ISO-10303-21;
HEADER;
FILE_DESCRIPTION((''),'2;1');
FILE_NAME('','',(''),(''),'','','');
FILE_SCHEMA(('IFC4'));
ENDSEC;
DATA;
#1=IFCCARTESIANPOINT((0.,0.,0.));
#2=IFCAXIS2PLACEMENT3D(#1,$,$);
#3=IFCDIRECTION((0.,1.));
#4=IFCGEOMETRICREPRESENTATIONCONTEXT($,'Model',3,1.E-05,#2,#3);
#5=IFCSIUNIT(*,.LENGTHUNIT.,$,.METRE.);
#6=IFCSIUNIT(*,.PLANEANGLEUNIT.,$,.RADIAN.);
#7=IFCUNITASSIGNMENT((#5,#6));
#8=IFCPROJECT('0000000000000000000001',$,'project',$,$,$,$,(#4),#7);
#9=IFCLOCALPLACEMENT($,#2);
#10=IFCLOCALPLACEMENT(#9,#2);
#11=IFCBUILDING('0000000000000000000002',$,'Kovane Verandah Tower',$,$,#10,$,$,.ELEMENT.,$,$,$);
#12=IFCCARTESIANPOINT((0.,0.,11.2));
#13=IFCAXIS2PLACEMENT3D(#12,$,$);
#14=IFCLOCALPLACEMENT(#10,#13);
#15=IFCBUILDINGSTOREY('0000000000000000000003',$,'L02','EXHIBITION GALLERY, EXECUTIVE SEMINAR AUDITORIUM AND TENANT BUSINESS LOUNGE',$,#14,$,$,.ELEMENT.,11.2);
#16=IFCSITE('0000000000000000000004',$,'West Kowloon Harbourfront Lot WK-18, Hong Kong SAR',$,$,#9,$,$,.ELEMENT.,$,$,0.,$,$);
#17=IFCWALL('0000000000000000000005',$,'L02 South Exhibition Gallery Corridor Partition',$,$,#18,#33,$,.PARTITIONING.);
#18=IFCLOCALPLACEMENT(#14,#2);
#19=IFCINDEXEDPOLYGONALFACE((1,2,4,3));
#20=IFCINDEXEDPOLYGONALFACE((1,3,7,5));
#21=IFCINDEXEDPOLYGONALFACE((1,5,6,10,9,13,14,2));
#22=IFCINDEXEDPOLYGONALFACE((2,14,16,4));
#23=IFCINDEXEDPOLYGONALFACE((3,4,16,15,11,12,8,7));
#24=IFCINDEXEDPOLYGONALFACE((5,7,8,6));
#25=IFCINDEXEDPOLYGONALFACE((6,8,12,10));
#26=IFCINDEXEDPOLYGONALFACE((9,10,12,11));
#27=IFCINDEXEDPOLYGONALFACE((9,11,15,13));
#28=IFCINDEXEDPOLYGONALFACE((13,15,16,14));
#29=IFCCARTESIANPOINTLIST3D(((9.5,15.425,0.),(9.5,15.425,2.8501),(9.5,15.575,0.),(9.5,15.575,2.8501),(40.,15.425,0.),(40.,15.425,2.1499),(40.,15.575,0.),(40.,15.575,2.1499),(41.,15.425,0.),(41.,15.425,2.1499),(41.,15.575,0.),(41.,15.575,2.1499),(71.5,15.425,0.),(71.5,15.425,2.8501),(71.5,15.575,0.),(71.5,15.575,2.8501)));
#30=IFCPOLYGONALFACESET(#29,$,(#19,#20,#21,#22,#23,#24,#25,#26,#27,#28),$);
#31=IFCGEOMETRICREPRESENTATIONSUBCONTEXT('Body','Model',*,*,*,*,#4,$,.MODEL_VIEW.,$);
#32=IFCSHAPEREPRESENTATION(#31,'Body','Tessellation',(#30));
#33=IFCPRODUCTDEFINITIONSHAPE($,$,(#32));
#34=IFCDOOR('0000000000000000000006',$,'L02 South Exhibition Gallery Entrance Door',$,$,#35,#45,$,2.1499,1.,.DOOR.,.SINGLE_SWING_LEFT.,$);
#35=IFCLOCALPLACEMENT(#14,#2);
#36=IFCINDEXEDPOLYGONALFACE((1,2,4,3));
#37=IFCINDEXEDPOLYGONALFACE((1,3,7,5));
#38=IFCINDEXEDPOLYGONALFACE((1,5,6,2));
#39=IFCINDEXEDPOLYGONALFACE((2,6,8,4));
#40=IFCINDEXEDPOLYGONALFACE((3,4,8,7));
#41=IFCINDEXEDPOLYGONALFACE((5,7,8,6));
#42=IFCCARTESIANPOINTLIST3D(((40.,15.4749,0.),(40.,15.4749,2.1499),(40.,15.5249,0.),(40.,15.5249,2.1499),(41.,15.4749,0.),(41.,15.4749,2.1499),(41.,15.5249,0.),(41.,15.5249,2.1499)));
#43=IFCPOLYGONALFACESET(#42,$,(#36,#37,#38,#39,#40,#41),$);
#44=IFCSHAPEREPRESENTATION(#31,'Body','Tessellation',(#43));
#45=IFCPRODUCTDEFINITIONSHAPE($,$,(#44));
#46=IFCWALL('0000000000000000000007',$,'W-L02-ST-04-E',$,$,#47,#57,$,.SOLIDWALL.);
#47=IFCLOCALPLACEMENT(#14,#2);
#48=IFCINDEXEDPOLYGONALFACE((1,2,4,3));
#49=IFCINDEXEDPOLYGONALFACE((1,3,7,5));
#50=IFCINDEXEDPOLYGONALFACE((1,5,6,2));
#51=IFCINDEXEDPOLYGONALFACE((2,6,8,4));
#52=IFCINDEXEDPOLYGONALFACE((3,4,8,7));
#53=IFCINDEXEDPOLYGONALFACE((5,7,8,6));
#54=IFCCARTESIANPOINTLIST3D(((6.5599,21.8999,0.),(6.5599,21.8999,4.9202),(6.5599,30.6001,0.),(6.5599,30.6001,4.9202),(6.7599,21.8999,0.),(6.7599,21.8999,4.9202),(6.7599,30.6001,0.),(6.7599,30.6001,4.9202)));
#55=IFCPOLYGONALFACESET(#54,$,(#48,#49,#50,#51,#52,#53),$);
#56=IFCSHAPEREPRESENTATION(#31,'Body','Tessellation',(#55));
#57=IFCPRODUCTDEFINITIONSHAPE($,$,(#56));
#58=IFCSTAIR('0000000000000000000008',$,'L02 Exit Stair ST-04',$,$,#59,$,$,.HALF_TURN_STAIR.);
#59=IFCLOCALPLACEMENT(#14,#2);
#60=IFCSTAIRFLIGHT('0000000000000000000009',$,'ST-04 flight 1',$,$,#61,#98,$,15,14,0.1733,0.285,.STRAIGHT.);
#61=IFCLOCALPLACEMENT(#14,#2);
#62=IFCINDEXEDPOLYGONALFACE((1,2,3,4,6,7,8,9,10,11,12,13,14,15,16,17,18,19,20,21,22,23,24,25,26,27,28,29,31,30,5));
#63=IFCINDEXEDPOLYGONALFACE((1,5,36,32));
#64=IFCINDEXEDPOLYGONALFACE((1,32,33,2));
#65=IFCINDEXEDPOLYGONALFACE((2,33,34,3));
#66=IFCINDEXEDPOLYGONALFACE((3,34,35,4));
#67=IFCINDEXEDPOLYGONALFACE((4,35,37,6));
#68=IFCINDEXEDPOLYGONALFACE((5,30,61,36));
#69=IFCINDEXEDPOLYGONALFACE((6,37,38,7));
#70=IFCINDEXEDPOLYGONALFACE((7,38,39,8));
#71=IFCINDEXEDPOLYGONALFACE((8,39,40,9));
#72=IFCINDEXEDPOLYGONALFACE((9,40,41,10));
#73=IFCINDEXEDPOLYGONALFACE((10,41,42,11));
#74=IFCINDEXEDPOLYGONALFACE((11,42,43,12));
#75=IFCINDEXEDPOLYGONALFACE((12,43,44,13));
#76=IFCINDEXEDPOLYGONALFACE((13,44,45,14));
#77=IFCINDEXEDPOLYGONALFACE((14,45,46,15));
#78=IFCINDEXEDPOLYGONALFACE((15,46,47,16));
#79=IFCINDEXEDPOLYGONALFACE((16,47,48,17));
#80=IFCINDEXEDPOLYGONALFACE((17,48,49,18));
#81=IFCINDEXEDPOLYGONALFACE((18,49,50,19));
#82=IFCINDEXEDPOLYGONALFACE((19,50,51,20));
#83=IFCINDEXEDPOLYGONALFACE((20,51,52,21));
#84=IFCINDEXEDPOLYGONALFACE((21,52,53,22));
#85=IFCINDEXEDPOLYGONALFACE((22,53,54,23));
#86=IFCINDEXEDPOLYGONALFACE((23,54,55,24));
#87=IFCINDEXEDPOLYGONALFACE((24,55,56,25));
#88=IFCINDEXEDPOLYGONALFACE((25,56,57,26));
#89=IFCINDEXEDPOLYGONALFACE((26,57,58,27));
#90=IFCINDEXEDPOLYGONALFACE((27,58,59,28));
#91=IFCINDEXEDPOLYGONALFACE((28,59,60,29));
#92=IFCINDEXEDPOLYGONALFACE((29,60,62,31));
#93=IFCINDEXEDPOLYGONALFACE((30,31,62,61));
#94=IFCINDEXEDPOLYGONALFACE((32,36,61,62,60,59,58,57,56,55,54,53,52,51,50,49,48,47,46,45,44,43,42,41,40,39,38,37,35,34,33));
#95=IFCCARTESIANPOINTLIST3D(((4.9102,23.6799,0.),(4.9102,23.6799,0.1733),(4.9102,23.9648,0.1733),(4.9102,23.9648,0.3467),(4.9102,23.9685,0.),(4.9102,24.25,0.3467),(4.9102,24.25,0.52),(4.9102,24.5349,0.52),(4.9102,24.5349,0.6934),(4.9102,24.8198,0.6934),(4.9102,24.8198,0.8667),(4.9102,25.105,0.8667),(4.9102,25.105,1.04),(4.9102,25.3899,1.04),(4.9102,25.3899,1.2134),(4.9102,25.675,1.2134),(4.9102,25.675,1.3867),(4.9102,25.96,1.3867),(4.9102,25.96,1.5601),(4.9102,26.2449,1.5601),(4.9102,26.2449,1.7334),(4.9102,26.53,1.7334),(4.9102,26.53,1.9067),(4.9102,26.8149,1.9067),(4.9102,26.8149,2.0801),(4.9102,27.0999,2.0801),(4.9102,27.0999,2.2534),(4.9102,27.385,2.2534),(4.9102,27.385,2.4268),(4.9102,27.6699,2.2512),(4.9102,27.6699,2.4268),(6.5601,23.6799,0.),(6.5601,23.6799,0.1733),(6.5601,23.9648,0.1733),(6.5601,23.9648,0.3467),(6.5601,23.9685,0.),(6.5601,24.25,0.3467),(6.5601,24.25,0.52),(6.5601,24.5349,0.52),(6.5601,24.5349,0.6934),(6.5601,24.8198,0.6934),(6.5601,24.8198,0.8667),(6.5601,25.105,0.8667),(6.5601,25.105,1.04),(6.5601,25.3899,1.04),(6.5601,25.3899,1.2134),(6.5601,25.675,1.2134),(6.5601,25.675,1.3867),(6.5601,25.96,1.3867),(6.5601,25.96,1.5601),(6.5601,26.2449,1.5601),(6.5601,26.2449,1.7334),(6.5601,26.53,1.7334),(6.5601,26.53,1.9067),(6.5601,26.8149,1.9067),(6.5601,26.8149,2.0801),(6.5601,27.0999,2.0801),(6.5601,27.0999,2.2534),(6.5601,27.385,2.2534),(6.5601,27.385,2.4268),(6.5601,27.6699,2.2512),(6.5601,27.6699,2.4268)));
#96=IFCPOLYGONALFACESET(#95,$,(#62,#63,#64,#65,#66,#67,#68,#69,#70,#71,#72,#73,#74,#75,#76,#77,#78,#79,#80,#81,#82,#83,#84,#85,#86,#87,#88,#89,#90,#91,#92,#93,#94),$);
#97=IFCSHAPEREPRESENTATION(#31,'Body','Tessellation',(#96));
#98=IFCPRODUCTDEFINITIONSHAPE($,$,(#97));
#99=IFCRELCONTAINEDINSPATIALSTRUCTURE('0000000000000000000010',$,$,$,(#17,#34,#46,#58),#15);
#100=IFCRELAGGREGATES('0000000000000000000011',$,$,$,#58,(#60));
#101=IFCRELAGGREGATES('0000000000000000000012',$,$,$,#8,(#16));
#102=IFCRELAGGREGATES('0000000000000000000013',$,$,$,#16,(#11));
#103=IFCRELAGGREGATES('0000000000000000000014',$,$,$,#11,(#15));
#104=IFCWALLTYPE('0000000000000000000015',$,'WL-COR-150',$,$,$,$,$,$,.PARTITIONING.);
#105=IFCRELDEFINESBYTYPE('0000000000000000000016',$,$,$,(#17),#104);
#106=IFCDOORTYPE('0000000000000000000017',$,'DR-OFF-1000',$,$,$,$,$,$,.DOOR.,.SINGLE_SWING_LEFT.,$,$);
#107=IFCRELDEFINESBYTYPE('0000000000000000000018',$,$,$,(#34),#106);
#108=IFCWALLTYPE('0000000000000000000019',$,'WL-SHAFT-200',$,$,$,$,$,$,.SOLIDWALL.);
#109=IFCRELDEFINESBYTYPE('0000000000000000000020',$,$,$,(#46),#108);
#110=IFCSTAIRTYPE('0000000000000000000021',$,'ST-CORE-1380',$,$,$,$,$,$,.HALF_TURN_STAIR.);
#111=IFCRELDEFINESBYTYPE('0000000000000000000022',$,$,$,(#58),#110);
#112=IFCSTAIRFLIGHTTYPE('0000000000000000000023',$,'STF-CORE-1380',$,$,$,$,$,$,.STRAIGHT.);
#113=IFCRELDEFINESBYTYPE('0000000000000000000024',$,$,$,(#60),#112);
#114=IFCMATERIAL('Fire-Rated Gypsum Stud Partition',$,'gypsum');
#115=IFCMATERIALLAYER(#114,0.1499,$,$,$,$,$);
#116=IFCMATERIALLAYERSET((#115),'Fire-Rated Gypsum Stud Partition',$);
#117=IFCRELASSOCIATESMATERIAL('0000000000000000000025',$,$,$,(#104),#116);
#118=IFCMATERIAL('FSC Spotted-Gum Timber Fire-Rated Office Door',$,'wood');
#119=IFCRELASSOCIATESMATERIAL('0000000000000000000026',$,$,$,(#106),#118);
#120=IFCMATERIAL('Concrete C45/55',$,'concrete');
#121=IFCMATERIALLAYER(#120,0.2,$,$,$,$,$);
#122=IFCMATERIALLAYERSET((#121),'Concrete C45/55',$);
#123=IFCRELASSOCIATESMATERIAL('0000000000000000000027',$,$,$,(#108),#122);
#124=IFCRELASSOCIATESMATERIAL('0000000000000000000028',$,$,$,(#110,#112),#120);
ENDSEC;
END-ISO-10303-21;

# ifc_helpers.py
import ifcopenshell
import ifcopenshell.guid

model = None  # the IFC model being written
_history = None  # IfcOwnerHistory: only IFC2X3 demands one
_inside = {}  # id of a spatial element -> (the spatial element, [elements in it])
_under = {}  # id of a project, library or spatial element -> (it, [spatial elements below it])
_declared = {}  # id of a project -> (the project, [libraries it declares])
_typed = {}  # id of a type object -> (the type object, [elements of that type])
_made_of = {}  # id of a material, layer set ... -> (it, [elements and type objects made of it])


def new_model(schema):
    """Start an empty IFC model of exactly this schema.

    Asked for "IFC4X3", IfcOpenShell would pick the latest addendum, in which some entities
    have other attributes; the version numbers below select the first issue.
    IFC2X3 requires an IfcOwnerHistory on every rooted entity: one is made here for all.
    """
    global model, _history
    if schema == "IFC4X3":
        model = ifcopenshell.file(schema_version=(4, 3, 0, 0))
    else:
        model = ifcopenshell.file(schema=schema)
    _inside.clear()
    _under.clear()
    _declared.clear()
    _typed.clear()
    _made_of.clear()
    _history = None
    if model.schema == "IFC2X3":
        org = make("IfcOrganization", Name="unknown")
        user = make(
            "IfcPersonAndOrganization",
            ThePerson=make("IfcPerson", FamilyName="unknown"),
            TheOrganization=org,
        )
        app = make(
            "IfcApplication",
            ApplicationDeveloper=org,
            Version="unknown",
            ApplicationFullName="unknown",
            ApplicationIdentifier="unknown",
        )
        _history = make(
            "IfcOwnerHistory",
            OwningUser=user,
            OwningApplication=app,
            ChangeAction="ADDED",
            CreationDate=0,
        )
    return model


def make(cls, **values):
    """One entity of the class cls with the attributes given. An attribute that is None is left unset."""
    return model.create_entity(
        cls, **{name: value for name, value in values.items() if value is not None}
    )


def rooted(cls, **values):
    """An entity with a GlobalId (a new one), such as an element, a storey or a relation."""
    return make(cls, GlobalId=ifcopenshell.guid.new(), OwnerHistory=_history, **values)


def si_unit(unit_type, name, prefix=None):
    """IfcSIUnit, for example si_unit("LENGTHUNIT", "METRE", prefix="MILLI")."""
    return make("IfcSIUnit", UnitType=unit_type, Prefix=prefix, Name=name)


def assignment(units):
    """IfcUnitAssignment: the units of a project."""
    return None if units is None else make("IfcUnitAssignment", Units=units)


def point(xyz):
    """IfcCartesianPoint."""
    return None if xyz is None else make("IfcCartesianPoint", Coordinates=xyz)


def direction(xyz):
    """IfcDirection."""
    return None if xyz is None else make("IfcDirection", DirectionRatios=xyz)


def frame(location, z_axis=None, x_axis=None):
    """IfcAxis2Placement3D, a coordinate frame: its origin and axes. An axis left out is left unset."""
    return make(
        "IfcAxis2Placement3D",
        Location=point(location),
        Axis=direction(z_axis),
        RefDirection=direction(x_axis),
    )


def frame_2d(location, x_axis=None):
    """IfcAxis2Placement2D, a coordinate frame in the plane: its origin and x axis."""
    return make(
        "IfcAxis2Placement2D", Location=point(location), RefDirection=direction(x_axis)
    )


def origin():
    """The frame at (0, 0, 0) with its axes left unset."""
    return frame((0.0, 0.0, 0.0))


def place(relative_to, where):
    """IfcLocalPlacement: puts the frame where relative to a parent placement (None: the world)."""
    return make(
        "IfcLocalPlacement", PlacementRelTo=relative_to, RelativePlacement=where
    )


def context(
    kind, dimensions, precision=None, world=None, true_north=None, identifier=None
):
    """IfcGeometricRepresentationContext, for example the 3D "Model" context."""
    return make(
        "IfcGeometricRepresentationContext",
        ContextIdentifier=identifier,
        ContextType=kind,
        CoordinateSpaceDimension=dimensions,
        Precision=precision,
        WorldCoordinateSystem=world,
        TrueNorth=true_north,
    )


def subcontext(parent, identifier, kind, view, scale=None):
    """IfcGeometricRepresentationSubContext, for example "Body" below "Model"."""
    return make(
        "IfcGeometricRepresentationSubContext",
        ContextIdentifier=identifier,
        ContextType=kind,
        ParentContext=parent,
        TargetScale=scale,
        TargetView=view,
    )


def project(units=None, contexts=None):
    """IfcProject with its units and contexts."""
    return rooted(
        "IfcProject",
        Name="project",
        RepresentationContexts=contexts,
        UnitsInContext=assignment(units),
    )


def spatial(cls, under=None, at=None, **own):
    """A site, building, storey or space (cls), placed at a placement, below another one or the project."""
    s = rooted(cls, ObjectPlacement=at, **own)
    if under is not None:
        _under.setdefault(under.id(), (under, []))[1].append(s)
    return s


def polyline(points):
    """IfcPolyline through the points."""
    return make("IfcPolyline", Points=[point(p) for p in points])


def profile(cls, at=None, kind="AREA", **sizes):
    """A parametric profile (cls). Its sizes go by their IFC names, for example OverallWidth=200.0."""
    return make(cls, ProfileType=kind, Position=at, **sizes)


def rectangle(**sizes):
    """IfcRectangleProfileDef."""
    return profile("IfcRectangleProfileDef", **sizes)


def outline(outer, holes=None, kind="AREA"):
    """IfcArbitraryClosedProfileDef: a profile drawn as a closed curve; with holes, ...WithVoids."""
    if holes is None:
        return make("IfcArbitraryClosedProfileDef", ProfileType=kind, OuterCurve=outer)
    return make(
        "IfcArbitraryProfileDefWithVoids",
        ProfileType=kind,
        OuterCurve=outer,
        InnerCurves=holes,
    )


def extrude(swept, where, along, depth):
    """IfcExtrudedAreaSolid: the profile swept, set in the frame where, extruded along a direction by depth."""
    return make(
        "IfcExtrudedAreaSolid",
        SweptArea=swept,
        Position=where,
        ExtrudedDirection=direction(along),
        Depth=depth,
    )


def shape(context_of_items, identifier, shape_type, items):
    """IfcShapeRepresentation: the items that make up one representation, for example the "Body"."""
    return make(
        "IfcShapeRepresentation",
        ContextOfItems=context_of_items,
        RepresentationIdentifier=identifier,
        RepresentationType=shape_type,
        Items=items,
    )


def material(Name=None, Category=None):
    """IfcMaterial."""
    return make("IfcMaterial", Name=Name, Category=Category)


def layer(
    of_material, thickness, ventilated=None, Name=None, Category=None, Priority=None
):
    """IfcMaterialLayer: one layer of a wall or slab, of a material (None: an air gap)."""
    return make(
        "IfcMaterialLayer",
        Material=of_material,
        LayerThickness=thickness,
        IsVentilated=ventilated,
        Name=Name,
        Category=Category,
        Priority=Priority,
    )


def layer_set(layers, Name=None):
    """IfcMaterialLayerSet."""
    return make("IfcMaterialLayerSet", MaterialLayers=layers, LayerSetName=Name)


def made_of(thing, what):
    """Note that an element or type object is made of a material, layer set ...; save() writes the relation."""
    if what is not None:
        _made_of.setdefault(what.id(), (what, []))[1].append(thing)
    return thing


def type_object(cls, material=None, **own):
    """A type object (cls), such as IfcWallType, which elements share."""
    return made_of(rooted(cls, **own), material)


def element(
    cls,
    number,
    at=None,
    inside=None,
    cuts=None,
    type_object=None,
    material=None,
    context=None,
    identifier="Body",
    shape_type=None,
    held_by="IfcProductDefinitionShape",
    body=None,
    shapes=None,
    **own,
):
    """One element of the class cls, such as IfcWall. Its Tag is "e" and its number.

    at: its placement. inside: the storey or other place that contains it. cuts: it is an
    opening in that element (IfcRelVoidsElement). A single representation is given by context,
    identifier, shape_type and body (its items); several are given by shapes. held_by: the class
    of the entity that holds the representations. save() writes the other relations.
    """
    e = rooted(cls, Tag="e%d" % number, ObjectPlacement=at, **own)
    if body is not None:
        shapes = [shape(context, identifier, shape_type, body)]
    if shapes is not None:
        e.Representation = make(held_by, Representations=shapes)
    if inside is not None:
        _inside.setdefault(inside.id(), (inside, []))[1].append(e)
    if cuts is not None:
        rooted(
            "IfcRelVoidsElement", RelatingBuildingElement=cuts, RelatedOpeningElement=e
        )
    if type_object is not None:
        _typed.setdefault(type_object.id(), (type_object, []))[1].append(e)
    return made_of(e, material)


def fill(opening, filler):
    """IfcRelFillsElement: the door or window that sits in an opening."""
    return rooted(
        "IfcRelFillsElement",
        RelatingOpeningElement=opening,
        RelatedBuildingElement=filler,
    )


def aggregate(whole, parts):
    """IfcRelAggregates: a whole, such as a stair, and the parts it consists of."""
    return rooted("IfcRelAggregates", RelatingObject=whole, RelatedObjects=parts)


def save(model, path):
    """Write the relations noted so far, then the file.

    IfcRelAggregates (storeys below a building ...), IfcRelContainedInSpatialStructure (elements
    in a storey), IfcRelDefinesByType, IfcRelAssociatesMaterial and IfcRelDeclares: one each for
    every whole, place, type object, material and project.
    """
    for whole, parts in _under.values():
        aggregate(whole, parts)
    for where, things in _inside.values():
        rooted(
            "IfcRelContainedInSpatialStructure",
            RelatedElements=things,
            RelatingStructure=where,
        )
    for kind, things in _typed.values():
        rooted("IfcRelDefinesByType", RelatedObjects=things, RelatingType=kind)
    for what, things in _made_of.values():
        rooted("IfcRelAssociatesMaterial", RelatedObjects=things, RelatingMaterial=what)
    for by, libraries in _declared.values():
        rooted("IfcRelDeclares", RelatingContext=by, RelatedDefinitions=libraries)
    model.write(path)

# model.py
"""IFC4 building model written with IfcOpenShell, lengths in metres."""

from ifc_helpers import new_model, si_unit, direction, frame, frame_2d, origin, place, context, subcontext, project, spatial, polyline, rectangle, outline, extrude, material, layer, layer_set, type_object, element, fill, aggregate, save


model = new_model("IFC4")

# Units and contexts
model_context = context("Model", 3, precision=1e-05, world=origin(), true_north=direction((0.0, 1.0)))
body_context = subcontext(model_context, "Body", "Model", "MODEL_VIEW")
ifc_project = project(units=[si_unit("LENGTHUNIT", "METRE"), si_unit("PLANEANGLEUNIT", "RADIAN")], contexts=[model_context])

# Site, building, storey
site_placement = place(None, origin())
site = spatial("IfcSite", under=ifc_project, at=site_placement, Name="West Kowloon Harbourfront Lot WK-18, Hong Kong SAR", CompositionType="ELEMENT", RefElevation=0.0)
building_placement = place(site_placement, origin())
building = spatial("IfcBuilding", under=site, at=building_placement, Name="Kovane Verandah Tower", CompositionType="ELEMENT")
storey_placement = place(building_placement, frame((0.0, 0.0, 11.2)))
storey = spatial("IfcBuildingStorey", under=building, at=storey_placement, Name="L02", Description="EXHIBITION GALLERY, EXECUTIVE SEMINAR AUDITORIUM AND TENANT BUSINESS LOUNGE", CompositionType="ELEMENT", Elevation=11.2)

# Wall, opening, door
ifc_material_1 = material(Name="Fire-Rated Gypsum Stud Partition", Category="gypsum")
ifc_layer_1 = layer(ifc_material_1, 0.1499)
ifc_layer_set_1 = layer_set([ifc_layer_1], Name="Fire-Rated Gypsum Stud Partition")
wall_type_1 = type_object("IfcWallType", Name="WL-COR-150", PredefinedType="PARTITIONING", material=ifc_layer_set_1)
wall_1_placement = place(storey_placement, frame((9.5, 15.5, 0.0), z_axis=(0.0, 0.0, 1.0), x_axis=(1.0, 0.0, 0.0)))
wall_1 = element("IfcWall", 1, at=wall_1_placement, inside=storey, type_object=wall_type_1, Name="L02 South Exhibition Gallery Corridor Partition", PredefinedType="PARTITIONING", context=body_context, shape_type="SweptSolid", body=[
    extrude(rectangle(XDim=62.0, YDim=0.1499, at=frame_2d((31.0, 0.0))), origin(), (0.0, 0.0, 1.0), 2.8501),
])
opening_placement = place(wall_1_placement, frame((30.5, 0.0, 0.0)))
opening = element("IfcOpeningElement", 2, at=opening_placement, cuts=wall_1, PredefinedType="OPENING", context=body_context, shape_type="SweptSolid", body=[
    extrude(rectangle(XDim=1.0, YDim=2.1499, at=frame_2d((0.5, 1.075))), frame((0.0, 0.075, 0.0), z_axis=(0.0, -1.0, 0.0), x_axis=(1.0, 0.0, 0.0)), (0.0, 0.0, 1.0), 0.1499),
])
ifc_material_2 = material(Name="FSC Spotted-Gum Timber Fire-Rated Office Door", Category="wood")
door_type = type_object("IfcDoorType", Name="DR-OFF-1000", OperationType="SINGLE_SWING_LEFT", PredefinedType="DOOR", material=ifc_material_2)
door_placement = place(opening_placement, origin())
door = element("IfcDoor", 3, at=door_placement, inside=storey, type_object=door_type, Name="L02 South Exhibition Gallery Entrance Door", OperationType="SINGLE_SWING_LEFT", OverallHeight=2.1499, OverallWidth=1.0, PredefinedType="DOOR", context=body_context, shape_type="SweptSolid", body=[
    extrude(rectangle(XDim=1.0, YDim=2.1499, at=frame_2d((0.5, 1.075))), frame((0.0, 0.0249, 0.0), z_axis=(0.0, -1.0, 0.0), x_axis=(1.0, 0.0, 0.0)), (0.0, 0.0, 1.0), 0.05),
])
fill(opening, door)

# Wall
ifc_material_3 = material(Name="Concrete C45/55", Category="concrete")
ifc_layer_2 = layer(ifc_material_3, 0.2)
ifc_layer_set_2 = layer_set([ifc_layer_2], Name="Concrete C45/55")
wall_type_2 = type_object("IfcWallType", Name="WL-SHAFT-200", PredefinedType="SOLIDWALL", material=ifc_layer_set_2)
wall_2_placement = place(storey_placement, frame((6.6599, 21.8999, 0.0), z_axis=(0.0, 0.0, 1.0), x_axis=(0.0, 1.0, 0.0)))
element("IfcWall", 4, at=wall_2_placement, inside=storey, type_object=wall_type_2, Name="W-L02-ST-04-E", PredefinedType="SOLIDWALL", context=body_context, shape_type="SweptSolid", body=[
    extrude(rectangle(XDim=8.7002, YDim=0.2, at=frame_2d((4.3501, 0.0))), origin(), (0.0, 0.0, 1.0), 4.9202),
])

# Stair, stair flight
stair_type = type_object("IfcStairType", Name="ST-CORE-1380", PredefinedType="HALF_TURN_STAIR", material=ifc_material_3)
stair_placement = place(storey_placement, origin())
stair = element("IfcStair", 5, at=stair_placement, inside=storey, type_object=stair_type, Name="L02 Exit Stair ST-04", PredefinedType="HALF_TURN_STAIR")
stair_flight_type = type_object("IfcStairFlightType", Name="STF-CORE-1380", PredefinedType="STRAIGHT", material=ifc_material_3)
stair_flight_placement = place(storey_placement, frame((5.7351, 23.6799, 0.0), z_axis=(0.0, 0.0, 1.0), x_axis=(0.0, 1.0, 0.0)))
stair_flight = element("IfcStairFlight", 6, at=stair_flight_placement, type_object=stair_flight_type, Name="ST-04 flight 1", NumberOfRisers=15, NumberOfTreads=14, PredefinedType="STRAIGHT", RiserHeight=0.1733, TreadLength=0.285, context=body_context, shape_type="SweptSolid", body=[
    extrude(outline(polyline([(0.0, 0.0), (0.0, 0.1733), (0.2849, 0.1733), (0.2849, 0.3467), (0.5701, 0.3467), (0.5701, 0.52), (0.855, 0.52), (0.855, 0.6934), (1.1399, 0.6934), (1.1399, 0.8667), (1.425, 0.8667), (1.425, 1.04), (1.71, 1.04), (1.71, 1.2134), (1.9951, 1.2134), (1.9951, 1.3867), (2.28, 1.3867), (2.28, 1.5601), (2.5649, 1.5601), (2.5649, 1.7334), (2.8501, 1.7334), (2.8501, 1.9067), (3.135, 1.9067), (3.135, 2.0801), (3.4199, 2.0801), (3.4199, 2.2534), (3.7051, 2.2534), (3.7051, 2.4268), (3.99, 2.4268), (3.99, 2.6001), (3.99, 2.2512), (0.2886, 0.0), (0.0, 0.0)])), frame((0.0, 0.825, 0.0), z_axis=(0.0, -1.0, 0.0), x_axis=(1.0, 0.0, 0.0)), (0.0, 0.0, 1.0), 1.6499),
])
aggregate(stair, [stair_flight])

save(model, "model.ifc")
